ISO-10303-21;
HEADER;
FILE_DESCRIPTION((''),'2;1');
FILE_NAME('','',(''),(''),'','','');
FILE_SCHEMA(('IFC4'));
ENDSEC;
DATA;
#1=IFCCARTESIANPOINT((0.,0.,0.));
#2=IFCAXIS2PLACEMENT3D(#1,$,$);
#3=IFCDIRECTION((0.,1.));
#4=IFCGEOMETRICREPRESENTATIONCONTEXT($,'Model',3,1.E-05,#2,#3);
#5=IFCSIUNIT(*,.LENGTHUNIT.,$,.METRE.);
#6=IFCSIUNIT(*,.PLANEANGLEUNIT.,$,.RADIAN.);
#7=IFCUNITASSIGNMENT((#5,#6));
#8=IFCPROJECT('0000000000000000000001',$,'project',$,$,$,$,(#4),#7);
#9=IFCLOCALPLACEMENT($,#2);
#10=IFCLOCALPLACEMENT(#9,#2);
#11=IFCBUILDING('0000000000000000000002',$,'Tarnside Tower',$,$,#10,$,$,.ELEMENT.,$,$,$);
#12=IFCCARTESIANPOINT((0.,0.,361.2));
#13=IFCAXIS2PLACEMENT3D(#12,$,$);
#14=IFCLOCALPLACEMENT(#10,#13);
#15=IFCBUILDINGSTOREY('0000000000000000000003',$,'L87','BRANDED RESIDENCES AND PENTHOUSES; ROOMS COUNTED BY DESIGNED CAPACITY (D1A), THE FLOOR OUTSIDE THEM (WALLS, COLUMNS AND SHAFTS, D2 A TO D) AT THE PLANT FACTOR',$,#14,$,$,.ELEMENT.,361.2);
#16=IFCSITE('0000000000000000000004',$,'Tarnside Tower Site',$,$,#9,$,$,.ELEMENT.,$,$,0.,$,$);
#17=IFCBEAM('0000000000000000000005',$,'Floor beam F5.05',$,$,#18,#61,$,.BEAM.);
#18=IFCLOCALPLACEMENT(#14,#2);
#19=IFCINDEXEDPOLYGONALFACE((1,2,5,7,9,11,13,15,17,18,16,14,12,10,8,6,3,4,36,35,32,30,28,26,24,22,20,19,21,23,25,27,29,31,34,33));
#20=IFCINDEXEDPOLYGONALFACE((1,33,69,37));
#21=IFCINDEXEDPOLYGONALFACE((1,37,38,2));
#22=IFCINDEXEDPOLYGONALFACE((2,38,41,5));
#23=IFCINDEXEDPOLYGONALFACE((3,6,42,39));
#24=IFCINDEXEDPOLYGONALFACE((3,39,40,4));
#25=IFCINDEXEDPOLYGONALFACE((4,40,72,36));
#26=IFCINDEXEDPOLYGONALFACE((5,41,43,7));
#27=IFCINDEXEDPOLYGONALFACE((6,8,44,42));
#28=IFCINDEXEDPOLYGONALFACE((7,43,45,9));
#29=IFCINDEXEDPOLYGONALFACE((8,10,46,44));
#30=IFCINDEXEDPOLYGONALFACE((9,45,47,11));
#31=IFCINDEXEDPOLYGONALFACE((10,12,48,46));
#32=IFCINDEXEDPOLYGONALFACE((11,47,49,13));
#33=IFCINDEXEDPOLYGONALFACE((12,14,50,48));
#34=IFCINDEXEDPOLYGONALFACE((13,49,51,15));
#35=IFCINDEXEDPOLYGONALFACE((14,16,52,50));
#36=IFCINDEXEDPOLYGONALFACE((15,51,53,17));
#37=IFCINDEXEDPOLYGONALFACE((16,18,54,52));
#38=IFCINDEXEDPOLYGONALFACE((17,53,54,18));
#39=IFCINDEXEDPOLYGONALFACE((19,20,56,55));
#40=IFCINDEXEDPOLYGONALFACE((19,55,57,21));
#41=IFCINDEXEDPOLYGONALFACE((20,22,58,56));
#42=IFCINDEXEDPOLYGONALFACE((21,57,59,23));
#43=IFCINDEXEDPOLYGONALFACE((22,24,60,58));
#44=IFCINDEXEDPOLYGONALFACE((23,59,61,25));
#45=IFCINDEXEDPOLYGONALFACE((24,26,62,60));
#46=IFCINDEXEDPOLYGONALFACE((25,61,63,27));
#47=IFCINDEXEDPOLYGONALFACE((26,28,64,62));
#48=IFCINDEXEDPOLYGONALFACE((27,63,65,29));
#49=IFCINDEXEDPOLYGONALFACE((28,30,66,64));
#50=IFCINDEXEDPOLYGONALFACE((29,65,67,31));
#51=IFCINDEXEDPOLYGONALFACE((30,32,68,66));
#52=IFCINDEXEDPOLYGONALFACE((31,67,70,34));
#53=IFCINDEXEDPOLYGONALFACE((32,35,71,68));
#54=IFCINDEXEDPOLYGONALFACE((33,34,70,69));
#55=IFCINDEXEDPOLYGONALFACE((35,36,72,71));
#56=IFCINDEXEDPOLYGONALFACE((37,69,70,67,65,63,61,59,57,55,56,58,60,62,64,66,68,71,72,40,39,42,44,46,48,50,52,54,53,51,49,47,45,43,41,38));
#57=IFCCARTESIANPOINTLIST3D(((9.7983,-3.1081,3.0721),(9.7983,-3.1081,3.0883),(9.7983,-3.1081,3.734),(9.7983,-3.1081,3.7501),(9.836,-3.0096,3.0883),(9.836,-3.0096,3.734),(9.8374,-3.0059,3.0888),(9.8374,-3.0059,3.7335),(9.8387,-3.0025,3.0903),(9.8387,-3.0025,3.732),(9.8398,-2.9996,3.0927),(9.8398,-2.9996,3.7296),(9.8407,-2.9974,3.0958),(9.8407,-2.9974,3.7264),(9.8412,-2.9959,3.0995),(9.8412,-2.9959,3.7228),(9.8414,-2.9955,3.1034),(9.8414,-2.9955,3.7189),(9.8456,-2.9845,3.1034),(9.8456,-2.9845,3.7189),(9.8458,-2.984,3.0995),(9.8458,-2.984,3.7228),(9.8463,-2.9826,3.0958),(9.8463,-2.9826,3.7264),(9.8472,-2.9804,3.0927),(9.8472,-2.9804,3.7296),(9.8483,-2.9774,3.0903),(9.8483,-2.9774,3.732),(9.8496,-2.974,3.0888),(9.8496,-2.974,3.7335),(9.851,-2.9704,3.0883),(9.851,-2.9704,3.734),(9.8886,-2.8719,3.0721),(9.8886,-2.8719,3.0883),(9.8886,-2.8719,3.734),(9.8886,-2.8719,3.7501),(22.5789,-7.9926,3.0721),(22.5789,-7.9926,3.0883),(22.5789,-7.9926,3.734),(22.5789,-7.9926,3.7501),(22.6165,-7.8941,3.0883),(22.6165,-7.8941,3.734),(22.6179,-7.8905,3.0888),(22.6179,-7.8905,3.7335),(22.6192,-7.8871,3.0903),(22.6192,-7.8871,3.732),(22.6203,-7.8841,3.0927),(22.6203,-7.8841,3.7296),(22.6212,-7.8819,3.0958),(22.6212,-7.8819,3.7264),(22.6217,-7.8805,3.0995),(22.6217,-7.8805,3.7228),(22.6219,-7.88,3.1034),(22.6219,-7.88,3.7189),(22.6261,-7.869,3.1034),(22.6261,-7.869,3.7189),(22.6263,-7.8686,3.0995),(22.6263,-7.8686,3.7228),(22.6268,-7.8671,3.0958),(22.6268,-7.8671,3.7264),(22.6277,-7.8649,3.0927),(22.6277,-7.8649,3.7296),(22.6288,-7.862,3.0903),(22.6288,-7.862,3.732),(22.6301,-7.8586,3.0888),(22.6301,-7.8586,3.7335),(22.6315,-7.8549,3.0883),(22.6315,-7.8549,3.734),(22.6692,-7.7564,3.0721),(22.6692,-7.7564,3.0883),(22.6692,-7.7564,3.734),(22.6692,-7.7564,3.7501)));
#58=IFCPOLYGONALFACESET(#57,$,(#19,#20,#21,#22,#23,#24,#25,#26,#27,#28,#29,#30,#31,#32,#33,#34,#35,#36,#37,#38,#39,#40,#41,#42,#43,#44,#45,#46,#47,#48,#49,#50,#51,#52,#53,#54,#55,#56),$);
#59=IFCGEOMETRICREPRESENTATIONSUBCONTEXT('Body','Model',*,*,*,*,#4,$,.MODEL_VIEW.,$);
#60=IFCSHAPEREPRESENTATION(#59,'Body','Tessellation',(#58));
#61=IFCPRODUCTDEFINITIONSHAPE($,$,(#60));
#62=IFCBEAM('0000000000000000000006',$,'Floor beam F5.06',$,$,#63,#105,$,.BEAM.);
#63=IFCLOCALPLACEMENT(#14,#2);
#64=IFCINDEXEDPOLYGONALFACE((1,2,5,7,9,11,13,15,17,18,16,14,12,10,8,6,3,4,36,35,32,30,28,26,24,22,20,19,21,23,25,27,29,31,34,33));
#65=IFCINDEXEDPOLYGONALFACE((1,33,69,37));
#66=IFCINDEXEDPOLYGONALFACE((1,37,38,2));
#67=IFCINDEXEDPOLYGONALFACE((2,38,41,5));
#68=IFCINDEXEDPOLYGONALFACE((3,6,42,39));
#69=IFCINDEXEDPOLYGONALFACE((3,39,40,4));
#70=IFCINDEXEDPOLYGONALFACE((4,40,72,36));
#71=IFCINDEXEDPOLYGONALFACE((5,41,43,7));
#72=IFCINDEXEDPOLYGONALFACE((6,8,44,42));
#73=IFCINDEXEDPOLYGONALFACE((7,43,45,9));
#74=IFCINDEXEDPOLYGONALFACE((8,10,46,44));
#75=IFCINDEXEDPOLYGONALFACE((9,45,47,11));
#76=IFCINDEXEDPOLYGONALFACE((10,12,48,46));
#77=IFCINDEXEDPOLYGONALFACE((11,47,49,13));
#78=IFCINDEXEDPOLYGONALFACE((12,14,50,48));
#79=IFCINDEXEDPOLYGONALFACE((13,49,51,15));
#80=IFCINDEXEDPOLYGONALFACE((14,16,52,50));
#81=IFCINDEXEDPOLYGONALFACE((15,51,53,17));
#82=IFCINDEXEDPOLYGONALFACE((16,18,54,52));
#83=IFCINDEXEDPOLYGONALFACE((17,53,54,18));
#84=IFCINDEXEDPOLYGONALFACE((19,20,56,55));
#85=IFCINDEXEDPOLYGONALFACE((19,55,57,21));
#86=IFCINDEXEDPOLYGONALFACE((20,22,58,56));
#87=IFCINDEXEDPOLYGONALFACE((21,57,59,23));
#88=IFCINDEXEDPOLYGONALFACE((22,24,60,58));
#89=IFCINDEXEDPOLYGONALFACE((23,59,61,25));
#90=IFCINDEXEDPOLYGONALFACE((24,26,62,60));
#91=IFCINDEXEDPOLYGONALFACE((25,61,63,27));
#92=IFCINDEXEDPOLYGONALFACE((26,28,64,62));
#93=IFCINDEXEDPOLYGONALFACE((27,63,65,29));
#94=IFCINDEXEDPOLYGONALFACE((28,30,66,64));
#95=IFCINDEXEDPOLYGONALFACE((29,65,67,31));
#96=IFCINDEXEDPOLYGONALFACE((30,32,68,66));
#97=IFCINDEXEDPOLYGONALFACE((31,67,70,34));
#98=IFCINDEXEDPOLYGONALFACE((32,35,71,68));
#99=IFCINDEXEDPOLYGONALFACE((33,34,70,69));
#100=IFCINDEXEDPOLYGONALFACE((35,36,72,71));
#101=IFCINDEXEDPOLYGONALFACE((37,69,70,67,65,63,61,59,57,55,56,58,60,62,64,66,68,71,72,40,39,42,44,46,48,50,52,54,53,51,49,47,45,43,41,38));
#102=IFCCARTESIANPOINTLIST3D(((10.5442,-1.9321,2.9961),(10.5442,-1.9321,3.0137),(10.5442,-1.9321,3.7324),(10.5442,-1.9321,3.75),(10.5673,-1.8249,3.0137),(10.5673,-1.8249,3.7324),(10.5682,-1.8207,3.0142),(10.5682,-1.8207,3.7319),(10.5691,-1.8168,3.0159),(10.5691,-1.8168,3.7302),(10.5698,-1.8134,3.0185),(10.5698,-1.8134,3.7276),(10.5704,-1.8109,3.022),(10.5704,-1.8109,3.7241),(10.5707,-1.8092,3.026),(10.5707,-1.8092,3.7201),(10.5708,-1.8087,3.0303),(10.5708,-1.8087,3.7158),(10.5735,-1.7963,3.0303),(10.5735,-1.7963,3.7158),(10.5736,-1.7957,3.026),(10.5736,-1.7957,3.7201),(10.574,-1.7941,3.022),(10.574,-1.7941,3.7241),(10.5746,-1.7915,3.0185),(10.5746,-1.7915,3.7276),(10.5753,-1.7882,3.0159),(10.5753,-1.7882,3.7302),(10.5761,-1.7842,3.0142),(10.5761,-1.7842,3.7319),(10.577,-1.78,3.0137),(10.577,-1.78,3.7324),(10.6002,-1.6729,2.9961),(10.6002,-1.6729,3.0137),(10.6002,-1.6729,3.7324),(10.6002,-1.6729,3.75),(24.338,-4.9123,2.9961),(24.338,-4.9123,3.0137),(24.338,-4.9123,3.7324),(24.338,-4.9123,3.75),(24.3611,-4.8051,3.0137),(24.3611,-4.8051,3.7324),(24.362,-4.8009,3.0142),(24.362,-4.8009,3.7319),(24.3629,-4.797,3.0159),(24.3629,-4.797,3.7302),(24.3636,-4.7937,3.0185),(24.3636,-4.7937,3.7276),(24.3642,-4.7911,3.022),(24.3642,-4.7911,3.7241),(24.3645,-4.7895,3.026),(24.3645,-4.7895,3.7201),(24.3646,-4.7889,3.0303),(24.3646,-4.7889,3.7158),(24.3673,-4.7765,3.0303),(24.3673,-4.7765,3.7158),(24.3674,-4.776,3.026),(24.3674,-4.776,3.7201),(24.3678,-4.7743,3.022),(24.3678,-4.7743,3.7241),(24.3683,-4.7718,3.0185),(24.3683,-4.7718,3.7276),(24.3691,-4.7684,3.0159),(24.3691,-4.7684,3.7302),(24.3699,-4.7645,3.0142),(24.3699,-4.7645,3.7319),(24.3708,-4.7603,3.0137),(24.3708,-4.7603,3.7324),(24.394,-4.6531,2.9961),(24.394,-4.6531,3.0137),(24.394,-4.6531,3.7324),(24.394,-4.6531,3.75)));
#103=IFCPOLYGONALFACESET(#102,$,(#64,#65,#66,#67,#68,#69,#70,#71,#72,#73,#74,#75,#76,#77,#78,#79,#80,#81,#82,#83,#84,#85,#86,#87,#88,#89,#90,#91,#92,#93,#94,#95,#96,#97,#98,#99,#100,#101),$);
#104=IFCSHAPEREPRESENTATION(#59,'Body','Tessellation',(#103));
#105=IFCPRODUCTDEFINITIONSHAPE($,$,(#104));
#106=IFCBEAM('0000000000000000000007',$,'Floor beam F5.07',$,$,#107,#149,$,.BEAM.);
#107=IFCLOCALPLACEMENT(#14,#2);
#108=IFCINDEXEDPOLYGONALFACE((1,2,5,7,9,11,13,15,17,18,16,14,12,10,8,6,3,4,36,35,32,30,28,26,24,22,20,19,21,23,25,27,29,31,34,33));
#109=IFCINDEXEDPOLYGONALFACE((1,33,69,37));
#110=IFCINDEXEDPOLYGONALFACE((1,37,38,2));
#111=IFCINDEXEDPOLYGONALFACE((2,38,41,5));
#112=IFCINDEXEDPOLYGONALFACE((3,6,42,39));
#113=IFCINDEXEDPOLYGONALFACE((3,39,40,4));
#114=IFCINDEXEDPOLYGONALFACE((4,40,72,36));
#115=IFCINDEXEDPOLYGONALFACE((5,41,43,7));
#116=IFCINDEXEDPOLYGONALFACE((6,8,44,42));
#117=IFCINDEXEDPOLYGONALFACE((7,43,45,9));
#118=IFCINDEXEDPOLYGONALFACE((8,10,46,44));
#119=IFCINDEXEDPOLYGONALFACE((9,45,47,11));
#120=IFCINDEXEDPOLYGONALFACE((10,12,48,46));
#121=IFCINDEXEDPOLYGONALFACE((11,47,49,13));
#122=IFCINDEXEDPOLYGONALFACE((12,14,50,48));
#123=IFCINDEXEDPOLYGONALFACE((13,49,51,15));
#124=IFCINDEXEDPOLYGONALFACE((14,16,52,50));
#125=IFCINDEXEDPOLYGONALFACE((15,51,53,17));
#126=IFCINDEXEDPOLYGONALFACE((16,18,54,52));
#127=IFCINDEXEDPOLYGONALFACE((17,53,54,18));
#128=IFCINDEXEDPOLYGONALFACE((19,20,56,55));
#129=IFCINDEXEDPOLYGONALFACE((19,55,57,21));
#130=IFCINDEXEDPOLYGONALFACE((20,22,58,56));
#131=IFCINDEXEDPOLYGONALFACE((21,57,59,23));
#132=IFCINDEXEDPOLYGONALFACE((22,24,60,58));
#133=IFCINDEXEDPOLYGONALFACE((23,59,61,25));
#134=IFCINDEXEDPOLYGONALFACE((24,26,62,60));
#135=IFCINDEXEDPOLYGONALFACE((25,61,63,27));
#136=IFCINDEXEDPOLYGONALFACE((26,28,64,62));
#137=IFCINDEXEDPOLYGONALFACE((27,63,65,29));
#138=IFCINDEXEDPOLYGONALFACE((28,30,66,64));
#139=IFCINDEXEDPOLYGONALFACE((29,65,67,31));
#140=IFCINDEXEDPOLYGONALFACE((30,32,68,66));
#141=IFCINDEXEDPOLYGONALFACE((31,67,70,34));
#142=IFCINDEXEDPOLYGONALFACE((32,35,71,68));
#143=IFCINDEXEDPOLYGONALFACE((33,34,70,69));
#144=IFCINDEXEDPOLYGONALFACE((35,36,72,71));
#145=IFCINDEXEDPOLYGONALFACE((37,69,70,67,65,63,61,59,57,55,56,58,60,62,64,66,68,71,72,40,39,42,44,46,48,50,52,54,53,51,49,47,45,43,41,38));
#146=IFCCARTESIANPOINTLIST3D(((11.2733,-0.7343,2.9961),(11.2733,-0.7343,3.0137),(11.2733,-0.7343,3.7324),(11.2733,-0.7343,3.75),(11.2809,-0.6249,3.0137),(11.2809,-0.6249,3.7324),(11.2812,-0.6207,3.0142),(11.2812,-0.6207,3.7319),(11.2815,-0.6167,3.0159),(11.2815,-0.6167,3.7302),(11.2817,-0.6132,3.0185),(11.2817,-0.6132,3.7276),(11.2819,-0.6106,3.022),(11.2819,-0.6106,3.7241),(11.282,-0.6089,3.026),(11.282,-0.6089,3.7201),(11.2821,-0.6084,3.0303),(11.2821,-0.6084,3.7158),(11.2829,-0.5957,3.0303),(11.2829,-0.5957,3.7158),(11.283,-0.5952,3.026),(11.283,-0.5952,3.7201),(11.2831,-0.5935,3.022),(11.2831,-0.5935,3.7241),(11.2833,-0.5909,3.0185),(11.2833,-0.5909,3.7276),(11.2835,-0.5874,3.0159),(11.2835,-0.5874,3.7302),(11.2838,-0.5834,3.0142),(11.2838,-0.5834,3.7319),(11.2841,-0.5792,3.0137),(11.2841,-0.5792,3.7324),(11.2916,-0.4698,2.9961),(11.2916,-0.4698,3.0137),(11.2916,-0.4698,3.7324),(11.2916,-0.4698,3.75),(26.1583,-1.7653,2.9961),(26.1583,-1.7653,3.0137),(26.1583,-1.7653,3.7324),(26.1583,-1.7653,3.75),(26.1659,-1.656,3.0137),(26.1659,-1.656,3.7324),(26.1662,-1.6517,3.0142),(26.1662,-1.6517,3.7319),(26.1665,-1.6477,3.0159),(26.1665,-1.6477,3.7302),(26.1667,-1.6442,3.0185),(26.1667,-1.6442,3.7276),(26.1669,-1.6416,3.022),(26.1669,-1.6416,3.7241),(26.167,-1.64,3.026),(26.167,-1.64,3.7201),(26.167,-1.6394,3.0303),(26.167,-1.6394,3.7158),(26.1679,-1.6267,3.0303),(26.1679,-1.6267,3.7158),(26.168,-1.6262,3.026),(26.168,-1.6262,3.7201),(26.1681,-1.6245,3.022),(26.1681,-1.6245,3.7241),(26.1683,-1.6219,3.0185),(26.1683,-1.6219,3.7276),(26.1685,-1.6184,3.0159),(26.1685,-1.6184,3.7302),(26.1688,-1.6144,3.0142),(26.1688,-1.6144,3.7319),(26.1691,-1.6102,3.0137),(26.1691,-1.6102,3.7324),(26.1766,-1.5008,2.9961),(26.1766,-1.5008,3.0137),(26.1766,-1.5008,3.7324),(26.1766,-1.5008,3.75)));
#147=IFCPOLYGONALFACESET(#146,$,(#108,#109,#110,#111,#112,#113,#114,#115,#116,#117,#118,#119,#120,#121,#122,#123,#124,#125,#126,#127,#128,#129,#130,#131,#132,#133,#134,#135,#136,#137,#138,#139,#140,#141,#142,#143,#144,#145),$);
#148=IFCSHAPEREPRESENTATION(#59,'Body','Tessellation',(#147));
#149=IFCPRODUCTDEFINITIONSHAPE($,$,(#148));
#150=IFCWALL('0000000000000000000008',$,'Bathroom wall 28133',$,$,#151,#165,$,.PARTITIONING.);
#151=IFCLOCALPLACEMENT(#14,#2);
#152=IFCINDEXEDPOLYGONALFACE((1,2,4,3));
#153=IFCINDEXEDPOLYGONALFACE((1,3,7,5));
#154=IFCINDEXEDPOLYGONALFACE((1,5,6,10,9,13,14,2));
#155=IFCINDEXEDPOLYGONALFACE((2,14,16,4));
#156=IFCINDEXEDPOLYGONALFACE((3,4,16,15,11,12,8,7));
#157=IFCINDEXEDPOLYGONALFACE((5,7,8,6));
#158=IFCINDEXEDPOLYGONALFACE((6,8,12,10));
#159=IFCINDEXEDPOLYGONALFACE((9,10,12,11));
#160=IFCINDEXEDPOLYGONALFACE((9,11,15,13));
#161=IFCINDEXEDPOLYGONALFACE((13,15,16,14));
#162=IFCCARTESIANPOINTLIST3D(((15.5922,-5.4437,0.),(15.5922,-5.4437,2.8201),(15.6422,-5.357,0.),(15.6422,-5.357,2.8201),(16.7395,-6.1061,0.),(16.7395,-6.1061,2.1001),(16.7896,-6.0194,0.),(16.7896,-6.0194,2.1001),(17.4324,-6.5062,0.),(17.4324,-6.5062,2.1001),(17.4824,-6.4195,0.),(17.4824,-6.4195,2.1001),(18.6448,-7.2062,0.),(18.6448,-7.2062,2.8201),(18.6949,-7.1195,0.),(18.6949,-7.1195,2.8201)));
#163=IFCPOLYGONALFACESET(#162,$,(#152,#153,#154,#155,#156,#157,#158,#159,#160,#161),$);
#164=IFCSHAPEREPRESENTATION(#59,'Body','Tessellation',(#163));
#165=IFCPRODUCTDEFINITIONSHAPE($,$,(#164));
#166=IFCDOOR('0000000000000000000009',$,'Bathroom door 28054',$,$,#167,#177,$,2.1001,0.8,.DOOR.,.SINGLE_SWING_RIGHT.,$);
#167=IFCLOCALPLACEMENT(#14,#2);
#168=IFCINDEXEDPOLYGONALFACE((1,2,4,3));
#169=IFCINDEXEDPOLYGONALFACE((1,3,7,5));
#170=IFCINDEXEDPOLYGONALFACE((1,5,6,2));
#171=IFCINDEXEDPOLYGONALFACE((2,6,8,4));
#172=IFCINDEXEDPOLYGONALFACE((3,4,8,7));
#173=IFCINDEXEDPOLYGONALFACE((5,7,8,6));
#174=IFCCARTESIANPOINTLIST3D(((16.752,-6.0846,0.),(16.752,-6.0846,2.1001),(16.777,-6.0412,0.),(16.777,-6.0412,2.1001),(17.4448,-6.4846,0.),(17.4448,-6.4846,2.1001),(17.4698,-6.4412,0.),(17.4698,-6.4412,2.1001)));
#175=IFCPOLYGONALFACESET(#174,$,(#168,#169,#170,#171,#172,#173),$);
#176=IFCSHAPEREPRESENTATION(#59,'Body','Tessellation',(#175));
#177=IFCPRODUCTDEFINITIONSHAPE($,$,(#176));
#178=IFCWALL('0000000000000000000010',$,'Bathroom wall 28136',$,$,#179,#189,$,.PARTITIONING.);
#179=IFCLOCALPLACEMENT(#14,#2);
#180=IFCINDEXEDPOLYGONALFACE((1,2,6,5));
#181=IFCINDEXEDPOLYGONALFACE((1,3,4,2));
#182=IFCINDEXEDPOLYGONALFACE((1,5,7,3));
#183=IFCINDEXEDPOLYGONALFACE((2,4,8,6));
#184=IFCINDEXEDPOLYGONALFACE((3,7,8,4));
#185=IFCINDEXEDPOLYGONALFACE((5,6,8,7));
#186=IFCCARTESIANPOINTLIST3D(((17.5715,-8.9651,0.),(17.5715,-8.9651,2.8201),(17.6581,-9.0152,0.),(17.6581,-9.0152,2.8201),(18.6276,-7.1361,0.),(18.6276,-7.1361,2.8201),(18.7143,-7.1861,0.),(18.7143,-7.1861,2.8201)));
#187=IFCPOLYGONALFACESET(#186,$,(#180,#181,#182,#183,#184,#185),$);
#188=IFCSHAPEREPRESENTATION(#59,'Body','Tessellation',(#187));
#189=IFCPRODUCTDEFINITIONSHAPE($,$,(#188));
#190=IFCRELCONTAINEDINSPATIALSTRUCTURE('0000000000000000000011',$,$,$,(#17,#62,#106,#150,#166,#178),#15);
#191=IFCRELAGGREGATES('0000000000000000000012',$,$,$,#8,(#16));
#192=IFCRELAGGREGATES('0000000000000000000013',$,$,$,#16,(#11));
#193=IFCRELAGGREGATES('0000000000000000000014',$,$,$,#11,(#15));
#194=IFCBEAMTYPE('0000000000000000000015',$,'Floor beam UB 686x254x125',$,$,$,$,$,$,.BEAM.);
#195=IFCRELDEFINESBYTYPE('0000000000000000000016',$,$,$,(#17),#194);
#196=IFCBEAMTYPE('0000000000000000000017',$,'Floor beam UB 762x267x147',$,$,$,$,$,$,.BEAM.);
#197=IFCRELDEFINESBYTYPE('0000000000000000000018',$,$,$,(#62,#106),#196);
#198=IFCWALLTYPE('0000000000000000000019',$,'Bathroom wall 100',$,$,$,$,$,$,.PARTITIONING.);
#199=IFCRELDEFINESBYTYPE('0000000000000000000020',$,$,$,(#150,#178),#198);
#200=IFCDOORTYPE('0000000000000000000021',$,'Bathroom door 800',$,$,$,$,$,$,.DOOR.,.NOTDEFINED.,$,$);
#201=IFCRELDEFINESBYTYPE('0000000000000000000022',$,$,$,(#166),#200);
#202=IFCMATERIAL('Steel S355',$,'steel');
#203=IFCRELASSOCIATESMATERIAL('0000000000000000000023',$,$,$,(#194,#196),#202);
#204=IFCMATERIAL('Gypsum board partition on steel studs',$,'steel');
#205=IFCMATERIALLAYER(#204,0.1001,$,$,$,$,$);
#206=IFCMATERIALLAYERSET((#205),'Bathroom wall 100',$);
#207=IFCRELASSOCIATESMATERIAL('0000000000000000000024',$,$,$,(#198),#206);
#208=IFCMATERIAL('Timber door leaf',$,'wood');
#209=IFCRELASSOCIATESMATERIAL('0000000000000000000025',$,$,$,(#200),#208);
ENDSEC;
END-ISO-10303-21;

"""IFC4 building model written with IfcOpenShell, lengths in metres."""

from ifc_helpers import new_model, si_unit, direction, frame, frame_2d, origin, origin_2d, place, context, subcontext, project, spatial, rectangle, i_section, extrude, material, layer, layer_set, material_profile, profile_set, type_object, element, fill, save


model = new_model("IFC4")

# Units and contexts
model_context = context("Model", 3, precision=1e-05, world=origin(), true_north=direction((0.0, 1.0)))
body_context = subcontext(model_context, "Body", "Model", "MODEL_VIEW")
ifc_project = project(units=[si_unit("LENGTHUNIT", "METRE"), si_unit("PLANEANGLEUNIT", "RADIAN")], contexts=[model_context])

# Site, building, storey
site_placement = place(None, origin())
site = spatial("IfcSite", under=ifc_project, at=site_placement, Name="Tarnside Tower Site", CompositionType="ELEMENT", RefElevation=0.0)
building_placement = place(site_placement, origin())
building = spatial("IfcBuilding", under=site, at=building_placement, Name="Tarnside Tower", CompositionType="ELEMENT")
storey_placement = place(building_placement, frame((0.0, 0.0, 361.2)))
storey = spatial("IfcBuildingStorey", under=building, at=storey_placement, Name="L87", Description="BRANDED RESIDENCES AND PENTHOUSES; ROOMS COUNTED BY DESIGNED CAPACITY (D1A), THE FLOOR OUTSIDE THEM (WALLS, COLUMNS AND SHAFTS, D2 A TO D) AT THE PLANT FACTOR", CompositionType="ELEMENT", Elevation=361.2)

# Beams
ifc_material_1 = material(Name="Steel S355", Category="steel")
ifc_material_profile_1 = material_profile(ifc_material_1, i_section(OverallWidth=0.2529, OverallDepth=0.678, WebThickness=0.0117, FlangeThickness=0.0161, FilletRadius=0.0151, at=origin_2d()), Name="UB 686x254x125")
ifc_profile_set_1 = profile_set([ifc_material_profile_1], Name="Steel S355")
beam_type_1 = type_object("IfcBeamType", Name="Floor beam UB 686x254x125", PredefinedType="BEAM", material=ifc_profile_set_1)
beam_1_placement = place(storey_placement, frame((22.624, -7.8745, 3.4111), z_axis=(-0.934104, 0.357001, 0.0), x_axis=(-0.357001, -0.934104, 0.0)))
element("IfcBeam", 1, at=beam_1_placement, inside=storey, type_object=beam_type_1, Name="Floor beam F5.05", PredefinedType="BEAM", context=body_context, shape_type="SweptSolid", body=[
    extrude(i_section(OverallWidth=0.2529, OverallDepth=0.678, WebThickness=0.0117, FlangeThickness=0.0161, FilletRadius=0.0151, at=origin_2d()), origin(), (0.0, 0.0, 1.0), 13.6821),
])
ifc_material_profile_2 = material_profile(ifc_material_1, i_section(OverallWidth=0.2651, OverallDepth=0.7539, WebThickness=0.0127, FlangeThickness=0.0176, FilletRadius=0.0166, at=origin_2d()), Name="UB 762x267x147")
ifc_profile_set_2 = profile_set([ifc_material_profile_2], Name="Steel S355")
beam_type_2 = type_object("IfcBeamType", Name="Floor beam UB 762x267x147", PredefinedType="BEAM", material=ifc_profile_set_2)
beam_2_placement = place(storey_placement, frame((24.366, -4.7827, 3.373), z_axis=(-0.977446, 0.211184, 0.0), x_axis=(-0.211184, -0.977446, 0.0)))
element("IfcBeam", 2, at=beam_2_placement, inside=storey, type_object=beam_type_2, Name="Floor beam F5.06", PredefinedType="BEAM", context=body_context, shape_type="SweptSolid", body=[
    extrude(i_section(OverallWidth=0.2651, OverallDepth=0.7539, WebThickness=0.0127, FlangeThickness=0.0176, FilletRadius=0.0166, at=origin_2d()), origin(), (0.0, 0.0, 1.0), 14.1121),
])
beam_3_placement = place(storey_placement, frame((26.1675, -1.6331, 3.373), z_axis=(-0.99761, 0.069099, 0.0), x_axis=(-0.069099, -0.99761, 0.0)))
element("IfcBeam", 3, at=beam_3_placement, inside=storey, type_object=beam_type_2, Name="Floor beam F5.07", PredefinedType="BEAM", context=body_context, shape_type="SweptSolid", body=[
    extrude(i_section(OverallWidth=0.2651, OverallDepth=0.7539, WebThickness=0.0127, FlangeThickness=0.0176, FilletRadius=0.0166, at=origin_2d()), origin(), (0.0, 0.0, 1.0), 14.9207),
])

# Wall, opening, door
ifc_material_2 = material(Name="Gypsum board partition on steel studs", Category="steel")
ifc_layer_1 = layer(ifc_material_2, 0.1001)
ifc_layer_set_1 = layer_set([ifc_layer_1], Name="Bathroom wall 100")
wall_type_1 = type_object("IfcWallType", Name="Bathroom wall 100", PredefinedType="PARTITIONING", material=ifc_layer_set_1)
wall_1_placement = place(storey_placement, frame((15.6172, -5.4004, 0.0), z_axis=(0.0, 0.0, 1.0), x_axis=(0.866031, -0.49999, 0.0)))
wall_1 = element("IfcWall", 4, at=wall_1_placement, inside=storey, type_object=wall_type_1, Name="Bathroom wall 28133", PredefinedType="PARTITIONING", context=body_context, shape_type="SweptSolid", body=[
    extrude(rectangle(XDim=3.5249, YDim=0.1001, at=frame_2d((1.7625, 0.0))), origin(), (0.0, 0.0, 1.0), 2.8201),
])
opening_1_placement = place(wall_1_placement, frame((1.325, 0.0, 0.0)))
opening_1 = element("IfcOpeningElement", 5, at=opening_1_placement, cuts=wall_1, PredefinedType="OPENING", context=body_context, shape_type="SweptSolid", body=[
    extrude(rectangle(XDim=0.8, YDim=2.1001, at=frame_2d((0.3999, 1.05))), frame((0.0, 0.0601, 0.0), z_axis=(0.0, -1.0, 0.0), x_axis=(1.0, 0.0, 0.0)), (0.0, 0.0, 1.0), 0.1201),
])
ifc_material_3 = material(Name="Timber door leaf", Category="wood")
door_type_1 = type_object("IfcDoorType", Name="Bathroom door 800", OperationType="NOTDEFINED", PredefinedType="DOOR", material=ifc_material_3)
door_1_placement = place(opening_1_placement, origin())
door_1 = element("IfcDoor", 6, at=door_1_placement, inside=storey, type_object=door_type_1, Name="Bathroom door 28054", OperationType="SINGLE_SWING_RIGHT", OverallHeight=2.1001, OverallWidth=0.8, PredefinedType="DOOR", context=body_context, shape_type="SweptSolid", body=[
    extrude(rectangle(XDim=0.8, YDim=2.1001, at=frame_2d((0.3999, 1.05))), frame((0.0, 0.0249, 0.0), z_axis=(0.0, -1.0, 0.0), x_axis=(1.0, 0.0, 0.0)), (0.0, 0.0, 1.0), 0.05),
])
fill(opening_1, door_1)

# Wall
wall_2_placement = place(storey_placement, frame((17.6147, -8.9902, 0.0), z_axis=(0.0, 0.0, 1.0), x_axis=(0.500043, 0.866001, 0.0)))
element("IfcWall", 7, at=wall_2_placement, inside=storey, type_object=wall_type_1, Name="Bathroom wall 28136", PredefinedType="PARTITIONING", context=body_context, shape_type="SweptSolid", body=[
    extrude(rectangle(XDim=2.1121, YDim=0.1001, at=frame_2d((1.0562, 0.0))), origin(), (0.0, 0.0, 1.0), 2.8201),
])

save(model, "model.ifc")
